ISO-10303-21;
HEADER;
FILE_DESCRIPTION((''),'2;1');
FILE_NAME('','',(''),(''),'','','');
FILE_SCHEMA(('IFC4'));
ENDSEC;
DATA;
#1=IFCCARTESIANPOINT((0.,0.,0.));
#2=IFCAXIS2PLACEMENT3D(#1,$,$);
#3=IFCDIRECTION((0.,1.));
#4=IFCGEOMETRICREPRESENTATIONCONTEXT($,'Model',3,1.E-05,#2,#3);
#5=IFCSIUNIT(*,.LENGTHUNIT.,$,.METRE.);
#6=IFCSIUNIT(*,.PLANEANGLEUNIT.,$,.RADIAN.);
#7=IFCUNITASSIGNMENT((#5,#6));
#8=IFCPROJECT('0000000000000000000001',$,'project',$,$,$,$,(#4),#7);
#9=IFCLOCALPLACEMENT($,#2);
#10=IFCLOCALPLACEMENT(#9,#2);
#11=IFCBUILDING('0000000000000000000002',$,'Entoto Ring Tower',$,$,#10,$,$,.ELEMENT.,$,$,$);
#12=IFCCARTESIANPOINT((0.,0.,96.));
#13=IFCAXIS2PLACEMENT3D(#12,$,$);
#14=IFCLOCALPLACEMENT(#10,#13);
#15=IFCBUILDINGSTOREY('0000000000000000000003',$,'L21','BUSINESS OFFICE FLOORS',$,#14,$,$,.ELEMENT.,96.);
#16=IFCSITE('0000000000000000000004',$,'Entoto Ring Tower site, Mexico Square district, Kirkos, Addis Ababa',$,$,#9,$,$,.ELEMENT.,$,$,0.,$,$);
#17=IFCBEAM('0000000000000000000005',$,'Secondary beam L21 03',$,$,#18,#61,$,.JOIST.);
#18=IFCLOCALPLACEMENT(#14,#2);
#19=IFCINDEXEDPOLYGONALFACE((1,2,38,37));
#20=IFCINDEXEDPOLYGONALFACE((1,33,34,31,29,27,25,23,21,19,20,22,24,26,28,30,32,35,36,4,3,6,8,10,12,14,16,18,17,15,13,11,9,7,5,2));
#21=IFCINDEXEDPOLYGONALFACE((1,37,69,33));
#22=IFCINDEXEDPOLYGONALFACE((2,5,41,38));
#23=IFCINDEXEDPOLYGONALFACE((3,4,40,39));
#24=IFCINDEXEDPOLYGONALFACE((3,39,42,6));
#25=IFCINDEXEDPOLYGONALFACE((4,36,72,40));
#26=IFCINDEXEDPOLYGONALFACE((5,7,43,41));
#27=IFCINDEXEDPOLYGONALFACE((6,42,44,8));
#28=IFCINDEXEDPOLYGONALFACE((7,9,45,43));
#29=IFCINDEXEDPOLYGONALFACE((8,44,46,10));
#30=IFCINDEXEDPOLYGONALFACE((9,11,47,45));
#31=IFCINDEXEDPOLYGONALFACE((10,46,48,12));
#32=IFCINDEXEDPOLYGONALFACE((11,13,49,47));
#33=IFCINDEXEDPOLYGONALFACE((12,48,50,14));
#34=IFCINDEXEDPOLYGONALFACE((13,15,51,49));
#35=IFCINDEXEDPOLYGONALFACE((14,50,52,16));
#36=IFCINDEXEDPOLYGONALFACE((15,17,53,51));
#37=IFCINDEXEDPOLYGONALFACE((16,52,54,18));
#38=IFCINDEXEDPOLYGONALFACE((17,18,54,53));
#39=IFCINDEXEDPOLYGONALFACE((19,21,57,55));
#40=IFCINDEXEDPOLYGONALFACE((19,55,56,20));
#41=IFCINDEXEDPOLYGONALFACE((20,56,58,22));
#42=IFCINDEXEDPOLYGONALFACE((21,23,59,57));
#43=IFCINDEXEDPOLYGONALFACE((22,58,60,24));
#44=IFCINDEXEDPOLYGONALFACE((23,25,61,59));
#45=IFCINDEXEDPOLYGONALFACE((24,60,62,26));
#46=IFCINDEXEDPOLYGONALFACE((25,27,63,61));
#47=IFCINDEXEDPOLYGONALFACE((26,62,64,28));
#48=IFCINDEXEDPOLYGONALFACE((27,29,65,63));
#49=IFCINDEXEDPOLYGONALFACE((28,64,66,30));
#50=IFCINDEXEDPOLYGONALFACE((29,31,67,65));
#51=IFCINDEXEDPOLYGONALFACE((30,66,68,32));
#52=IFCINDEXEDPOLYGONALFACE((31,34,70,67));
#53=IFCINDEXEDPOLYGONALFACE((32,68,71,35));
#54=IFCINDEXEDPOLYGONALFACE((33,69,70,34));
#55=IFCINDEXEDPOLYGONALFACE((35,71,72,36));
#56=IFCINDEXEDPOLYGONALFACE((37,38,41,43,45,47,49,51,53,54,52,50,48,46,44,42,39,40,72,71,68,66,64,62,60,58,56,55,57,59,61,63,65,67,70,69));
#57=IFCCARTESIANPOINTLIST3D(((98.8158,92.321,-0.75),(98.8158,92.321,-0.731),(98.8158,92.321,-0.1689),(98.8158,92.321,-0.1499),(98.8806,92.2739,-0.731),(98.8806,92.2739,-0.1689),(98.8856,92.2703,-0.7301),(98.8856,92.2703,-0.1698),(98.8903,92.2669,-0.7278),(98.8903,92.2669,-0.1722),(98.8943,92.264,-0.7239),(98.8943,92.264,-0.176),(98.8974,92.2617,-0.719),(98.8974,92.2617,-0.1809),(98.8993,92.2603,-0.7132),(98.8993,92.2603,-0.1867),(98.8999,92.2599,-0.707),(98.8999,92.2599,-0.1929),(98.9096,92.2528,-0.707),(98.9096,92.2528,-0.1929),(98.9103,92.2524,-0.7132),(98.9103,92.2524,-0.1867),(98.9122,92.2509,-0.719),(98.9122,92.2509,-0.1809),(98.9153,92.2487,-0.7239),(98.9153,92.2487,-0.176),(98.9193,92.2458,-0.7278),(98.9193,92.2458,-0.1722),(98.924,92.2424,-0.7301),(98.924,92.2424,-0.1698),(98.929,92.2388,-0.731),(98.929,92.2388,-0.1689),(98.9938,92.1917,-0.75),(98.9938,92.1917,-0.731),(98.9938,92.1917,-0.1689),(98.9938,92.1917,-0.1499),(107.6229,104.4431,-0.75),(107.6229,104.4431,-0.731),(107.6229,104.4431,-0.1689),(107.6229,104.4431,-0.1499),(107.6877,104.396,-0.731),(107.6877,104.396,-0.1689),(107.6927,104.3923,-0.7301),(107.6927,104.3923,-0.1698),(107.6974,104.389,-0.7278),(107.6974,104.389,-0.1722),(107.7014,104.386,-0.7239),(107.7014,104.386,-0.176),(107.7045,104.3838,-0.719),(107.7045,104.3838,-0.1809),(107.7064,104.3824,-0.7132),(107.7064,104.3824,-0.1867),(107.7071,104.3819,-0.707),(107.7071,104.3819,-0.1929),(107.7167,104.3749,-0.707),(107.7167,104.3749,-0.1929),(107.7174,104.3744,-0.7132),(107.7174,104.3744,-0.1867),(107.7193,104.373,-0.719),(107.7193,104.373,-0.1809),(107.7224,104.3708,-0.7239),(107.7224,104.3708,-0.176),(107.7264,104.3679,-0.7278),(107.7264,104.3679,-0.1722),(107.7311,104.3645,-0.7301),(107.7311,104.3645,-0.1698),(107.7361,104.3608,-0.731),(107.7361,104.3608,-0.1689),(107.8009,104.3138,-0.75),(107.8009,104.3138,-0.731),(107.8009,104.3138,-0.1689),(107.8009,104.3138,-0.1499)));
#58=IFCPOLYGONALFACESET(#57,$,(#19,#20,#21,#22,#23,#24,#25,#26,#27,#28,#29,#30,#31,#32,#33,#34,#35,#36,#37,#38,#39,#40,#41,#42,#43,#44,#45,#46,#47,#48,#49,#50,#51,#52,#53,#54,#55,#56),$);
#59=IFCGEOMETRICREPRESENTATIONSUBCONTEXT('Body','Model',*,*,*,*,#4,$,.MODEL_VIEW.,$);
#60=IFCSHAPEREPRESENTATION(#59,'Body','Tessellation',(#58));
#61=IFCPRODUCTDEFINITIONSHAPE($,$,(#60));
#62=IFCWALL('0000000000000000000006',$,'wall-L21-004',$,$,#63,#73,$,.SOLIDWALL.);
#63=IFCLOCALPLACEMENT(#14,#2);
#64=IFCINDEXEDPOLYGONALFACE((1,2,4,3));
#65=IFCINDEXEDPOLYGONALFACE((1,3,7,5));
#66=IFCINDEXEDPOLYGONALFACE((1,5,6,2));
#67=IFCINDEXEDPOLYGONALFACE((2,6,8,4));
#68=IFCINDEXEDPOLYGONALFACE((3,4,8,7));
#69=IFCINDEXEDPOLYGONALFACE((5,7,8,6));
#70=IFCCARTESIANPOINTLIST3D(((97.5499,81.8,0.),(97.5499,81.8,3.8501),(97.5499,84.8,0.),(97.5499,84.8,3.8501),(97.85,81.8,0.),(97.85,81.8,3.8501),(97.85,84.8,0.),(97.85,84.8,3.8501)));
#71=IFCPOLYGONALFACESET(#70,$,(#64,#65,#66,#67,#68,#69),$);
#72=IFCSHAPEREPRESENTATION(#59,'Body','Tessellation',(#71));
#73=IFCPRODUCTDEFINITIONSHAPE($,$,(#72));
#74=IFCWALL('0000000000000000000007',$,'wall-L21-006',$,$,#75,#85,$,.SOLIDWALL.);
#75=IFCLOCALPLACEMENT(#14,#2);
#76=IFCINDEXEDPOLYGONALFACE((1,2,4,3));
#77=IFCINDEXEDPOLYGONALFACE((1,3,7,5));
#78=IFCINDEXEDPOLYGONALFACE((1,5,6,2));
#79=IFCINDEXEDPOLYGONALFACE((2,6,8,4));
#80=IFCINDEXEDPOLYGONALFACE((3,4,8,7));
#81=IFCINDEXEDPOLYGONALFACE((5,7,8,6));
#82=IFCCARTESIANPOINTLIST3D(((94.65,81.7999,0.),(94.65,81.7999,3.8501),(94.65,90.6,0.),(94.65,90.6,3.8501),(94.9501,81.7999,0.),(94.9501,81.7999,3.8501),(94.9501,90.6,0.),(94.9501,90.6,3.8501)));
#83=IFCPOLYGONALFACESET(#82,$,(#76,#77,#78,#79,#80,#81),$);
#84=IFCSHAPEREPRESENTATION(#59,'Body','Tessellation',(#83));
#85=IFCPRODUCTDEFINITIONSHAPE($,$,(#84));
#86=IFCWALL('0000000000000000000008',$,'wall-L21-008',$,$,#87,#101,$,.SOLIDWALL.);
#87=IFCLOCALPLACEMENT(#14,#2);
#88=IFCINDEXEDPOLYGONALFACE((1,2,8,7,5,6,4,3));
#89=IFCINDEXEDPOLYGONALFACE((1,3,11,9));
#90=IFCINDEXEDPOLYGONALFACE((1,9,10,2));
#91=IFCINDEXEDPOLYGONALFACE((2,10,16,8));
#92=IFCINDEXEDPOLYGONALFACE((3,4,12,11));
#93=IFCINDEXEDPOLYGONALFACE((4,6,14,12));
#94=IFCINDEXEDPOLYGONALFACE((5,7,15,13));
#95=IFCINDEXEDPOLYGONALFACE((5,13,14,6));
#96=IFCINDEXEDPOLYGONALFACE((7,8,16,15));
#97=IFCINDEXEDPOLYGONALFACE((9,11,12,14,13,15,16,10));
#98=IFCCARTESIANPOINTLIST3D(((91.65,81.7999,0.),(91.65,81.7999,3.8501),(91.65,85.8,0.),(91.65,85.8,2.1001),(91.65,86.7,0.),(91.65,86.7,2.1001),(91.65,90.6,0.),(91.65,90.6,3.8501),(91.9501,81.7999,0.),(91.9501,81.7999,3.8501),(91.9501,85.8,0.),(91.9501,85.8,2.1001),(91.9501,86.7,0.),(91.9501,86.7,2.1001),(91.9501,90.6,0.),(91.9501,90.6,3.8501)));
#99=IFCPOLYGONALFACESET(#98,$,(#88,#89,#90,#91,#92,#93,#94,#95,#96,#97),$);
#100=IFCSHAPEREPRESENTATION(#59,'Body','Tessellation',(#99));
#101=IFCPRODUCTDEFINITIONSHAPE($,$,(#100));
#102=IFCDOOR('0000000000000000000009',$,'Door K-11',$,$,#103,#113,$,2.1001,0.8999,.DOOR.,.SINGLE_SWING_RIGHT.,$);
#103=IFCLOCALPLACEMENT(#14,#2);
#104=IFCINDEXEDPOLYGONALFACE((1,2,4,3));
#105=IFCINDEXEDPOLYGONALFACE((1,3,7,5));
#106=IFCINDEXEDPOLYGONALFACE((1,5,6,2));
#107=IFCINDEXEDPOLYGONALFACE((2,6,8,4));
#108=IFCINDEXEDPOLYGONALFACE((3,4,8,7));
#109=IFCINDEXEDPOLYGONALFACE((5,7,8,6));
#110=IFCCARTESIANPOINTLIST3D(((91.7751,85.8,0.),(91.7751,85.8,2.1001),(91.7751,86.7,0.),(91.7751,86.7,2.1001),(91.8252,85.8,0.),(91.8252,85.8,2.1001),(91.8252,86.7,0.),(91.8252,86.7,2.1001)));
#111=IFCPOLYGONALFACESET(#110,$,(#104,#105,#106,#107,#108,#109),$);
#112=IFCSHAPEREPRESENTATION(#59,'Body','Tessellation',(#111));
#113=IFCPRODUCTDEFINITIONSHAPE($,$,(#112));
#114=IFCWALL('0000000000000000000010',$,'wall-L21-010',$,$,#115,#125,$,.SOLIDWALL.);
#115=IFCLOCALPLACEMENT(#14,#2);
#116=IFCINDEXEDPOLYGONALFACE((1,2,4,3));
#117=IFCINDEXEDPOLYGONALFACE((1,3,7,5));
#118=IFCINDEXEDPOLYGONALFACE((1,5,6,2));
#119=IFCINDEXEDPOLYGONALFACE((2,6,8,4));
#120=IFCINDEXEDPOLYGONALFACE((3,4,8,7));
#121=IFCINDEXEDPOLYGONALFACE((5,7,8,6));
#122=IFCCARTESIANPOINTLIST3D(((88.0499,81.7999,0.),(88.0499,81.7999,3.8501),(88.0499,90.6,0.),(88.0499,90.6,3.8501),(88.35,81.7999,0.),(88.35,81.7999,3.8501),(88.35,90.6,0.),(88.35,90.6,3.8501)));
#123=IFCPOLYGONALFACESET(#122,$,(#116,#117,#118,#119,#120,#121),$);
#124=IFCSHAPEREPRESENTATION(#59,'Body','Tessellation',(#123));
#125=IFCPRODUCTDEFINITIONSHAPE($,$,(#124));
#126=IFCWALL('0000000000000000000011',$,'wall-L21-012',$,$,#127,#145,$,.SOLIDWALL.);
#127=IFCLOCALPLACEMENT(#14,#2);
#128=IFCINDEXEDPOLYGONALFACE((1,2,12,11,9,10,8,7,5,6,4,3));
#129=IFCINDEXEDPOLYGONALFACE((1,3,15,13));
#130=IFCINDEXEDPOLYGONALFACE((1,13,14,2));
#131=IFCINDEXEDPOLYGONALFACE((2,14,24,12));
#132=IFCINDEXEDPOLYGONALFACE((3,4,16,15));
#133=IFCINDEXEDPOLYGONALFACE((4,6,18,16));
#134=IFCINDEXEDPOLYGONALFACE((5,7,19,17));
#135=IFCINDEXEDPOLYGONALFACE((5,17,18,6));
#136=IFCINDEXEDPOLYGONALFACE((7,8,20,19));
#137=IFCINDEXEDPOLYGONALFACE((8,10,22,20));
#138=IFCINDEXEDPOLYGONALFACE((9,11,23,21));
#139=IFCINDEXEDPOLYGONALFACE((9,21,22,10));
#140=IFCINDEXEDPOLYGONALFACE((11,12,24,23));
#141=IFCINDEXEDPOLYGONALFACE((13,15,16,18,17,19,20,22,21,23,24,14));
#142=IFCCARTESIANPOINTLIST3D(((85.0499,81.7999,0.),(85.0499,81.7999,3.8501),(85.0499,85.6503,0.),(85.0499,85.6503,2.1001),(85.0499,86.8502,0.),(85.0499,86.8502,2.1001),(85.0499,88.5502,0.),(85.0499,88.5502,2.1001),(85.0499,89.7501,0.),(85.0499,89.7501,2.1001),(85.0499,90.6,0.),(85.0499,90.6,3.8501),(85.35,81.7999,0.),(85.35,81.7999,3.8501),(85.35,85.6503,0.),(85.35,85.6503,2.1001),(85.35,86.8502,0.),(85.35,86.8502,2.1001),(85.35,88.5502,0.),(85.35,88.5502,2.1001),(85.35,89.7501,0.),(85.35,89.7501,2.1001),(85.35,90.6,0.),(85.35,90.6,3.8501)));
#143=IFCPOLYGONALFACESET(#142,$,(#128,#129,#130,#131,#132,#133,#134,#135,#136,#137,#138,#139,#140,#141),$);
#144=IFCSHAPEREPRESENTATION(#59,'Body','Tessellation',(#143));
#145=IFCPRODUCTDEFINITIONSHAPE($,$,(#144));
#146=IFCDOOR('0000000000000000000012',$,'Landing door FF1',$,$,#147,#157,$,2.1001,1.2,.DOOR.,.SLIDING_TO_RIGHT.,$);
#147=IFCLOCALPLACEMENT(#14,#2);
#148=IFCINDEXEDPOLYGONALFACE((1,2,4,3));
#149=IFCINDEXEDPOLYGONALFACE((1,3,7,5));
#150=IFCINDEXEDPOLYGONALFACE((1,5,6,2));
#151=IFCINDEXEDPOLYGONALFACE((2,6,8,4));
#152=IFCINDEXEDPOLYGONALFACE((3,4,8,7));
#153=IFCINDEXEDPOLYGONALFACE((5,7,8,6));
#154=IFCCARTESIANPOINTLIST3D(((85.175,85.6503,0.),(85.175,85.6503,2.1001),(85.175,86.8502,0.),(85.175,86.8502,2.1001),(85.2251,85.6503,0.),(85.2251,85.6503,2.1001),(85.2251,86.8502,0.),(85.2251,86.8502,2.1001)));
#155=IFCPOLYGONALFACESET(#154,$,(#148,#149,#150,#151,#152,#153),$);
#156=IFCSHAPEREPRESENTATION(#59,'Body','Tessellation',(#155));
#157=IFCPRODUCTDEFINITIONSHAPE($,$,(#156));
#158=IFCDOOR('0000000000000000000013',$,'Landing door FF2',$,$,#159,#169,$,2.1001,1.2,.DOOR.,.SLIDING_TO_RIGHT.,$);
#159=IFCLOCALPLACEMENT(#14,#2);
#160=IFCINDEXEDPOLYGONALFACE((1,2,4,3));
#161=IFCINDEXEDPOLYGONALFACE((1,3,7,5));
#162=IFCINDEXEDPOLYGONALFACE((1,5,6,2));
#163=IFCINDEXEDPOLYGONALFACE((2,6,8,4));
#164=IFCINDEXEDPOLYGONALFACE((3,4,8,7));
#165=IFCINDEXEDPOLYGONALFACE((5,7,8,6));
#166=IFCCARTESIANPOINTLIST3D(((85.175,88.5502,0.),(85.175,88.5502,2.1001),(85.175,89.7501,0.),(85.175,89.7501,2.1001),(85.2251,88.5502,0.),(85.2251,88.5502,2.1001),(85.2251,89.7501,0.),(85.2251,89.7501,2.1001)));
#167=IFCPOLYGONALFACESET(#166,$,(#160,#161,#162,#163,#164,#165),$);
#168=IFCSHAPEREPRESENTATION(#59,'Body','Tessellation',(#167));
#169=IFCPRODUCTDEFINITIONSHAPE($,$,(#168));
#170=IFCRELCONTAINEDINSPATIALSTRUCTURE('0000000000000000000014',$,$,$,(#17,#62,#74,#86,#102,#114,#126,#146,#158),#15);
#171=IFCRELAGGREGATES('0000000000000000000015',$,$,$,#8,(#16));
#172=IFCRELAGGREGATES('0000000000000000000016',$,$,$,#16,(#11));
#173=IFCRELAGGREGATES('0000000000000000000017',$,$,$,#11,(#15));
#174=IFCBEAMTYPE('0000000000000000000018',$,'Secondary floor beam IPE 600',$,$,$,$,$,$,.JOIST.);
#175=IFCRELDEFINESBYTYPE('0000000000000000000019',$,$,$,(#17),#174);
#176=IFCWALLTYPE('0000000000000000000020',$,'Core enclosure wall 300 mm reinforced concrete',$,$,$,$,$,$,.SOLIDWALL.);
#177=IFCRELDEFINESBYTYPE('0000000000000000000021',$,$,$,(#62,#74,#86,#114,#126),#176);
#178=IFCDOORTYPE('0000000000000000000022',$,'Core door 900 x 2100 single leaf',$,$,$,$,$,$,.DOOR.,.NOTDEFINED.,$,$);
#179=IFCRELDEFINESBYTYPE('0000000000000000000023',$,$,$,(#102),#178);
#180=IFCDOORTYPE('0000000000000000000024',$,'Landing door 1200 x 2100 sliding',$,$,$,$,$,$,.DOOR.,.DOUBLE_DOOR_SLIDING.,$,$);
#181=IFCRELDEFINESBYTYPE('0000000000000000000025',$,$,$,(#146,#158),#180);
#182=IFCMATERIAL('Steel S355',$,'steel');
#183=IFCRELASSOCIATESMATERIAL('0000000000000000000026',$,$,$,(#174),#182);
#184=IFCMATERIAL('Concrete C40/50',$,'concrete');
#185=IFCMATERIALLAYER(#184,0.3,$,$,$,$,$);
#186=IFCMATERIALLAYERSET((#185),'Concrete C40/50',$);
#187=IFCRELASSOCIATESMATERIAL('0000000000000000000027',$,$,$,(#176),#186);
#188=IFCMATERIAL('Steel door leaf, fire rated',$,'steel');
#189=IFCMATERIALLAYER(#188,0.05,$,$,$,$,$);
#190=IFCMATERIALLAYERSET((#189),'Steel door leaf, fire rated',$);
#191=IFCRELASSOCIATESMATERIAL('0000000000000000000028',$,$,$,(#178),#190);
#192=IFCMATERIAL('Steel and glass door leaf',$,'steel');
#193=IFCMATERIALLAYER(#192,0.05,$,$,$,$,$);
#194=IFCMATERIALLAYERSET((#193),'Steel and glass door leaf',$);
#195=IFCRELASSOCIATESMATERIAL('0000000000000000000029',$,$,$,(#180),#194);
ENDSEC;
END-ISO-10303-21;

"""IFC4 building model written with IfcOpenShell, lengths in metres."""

from ifc_helpers import new_model, si_unit, direction, frame, frame_2d, origin, origin_2d, place, context, subcontext, project, spatial, rectangle, i_section, extrude, material, layer, layer_set, material_profile, profile_set, type_object, element, fill, save


model = new_model("IFC4")

# Units and contexts
model_context = context("Model", 3, precision=1e-05, world=origin(), true_north=direction((0.0, 1.0)))
body_context = subcontext(model_context, "Body", "Model", "MODEL_VIEW")
ifc_project = project(units=[si_unit("LENGTHUNIT", "METRE"), si_unit("PLANEANGLEUNIT", "RADIAN")], contexts=[model_context])

# Site, building, storey
site_placement = place(None, origin())
site = spatial("IfcSite", under=ifc_project, at=site_placement, Name="Entoto Ring Tower site, Mexico Square district, Kirkos, Addis Ababa", CompositionType="ELEMENT", RefElevation=0.0)
building_placement = place(site_placement, origin())
building = spatial("IfcBuilding", under=site, at=building_placement, Name="Entoto Ring Tower", CompositionType="ELEMENT")
storey_placement = place(building_placement, frame((0.0, 0.0, 96.0)))
storey = spatial("IfcBuildingStorey", under=building, at=storey_placement, Name="L21", Description="BUSINESS OFFICE FLOORS", CompositionType="ELEMENT", Elevation=96.0)

# Beam
ifc_material_1 = material(Name="Steel S355", Category="steel")
ifc_material_profile = material_profile(ifc_material_1, i_section(OverallWidth=0.22, OverallDepth=0.6001, WebThickness=0.012, FlangeThickness=0.019, FilletRadius=0.0239, at=origin_2d()), Name="IPE 600")
ifc_profile_set = profile_set([ifc_material_profile], Name="Steel S355")
beam_type = type_object("IfcBeamType", Name="Secondary floor beam IPE 600", PredefinedType="JOIST", material=ifc_profile_set)
beam_placement = place(storey_placement, frame((98.9048, 92.2563, -0.45), z_axis=(0.587782, 0.809019, 0.0), x_axis=(-0.809019, 0.587782, 0.0)))
element("IfcBeam", 1, at=beam_placement, inside=storey, type_object=beam_type, Name="Secondary beam L21 03", PredefinedType="JOIST", context=body_context, shape_type="SweptSolid", body=[
    extrude(i_section(OverallWidth=0.22, OverallDepth=0.6001, WebThickness=0.012, FlangeThickness=0.019, FilletRadius=0.0239, at=origin_2d()), origin(), (0.0, 0.0, 1.0), 14.9836),
])

# Walls
ifc_material_2 = material(Name="Concrete C40/50", Category="concrete")
ifc_layer_1 = layer(ifc_material_2, 0.3)
ifc_layer_set_1 = layer_set([ifc_layer_1], Name="Concrete C40/50")
wall_type = type_object("IfcWallType", Name="Core enclosure wall 300 mm reinforced concrete", PredefinedType="SOLIDWALL", material=ifc_layer_set_1)
wall_1_placement = place(storey_placement, frame((97.7, 81.8, 0.0), z_axis=(0.0, 0.0, 1.0), x_axis=(0.0, 1.0, 0.0)))
element("IfcWall", 2, at=wall_1_placement, inside=storey, type_object=wall_type, Name="wall-L21-004", PredefinedType="SOLIDWALL", context=body_context, shape_type="SweptSolid", body=[
    extrude(rectangle(XDim=3.0, YDim=0.3, at=frame_2d((1.5, 0.0))), origin(), (0.0, 0.0, 1.0), 3.8501),
])
wall_2_placement = place(storey_placement, frame((94.8, 81.8, 0.0), z_axis=(0.0, 0.0, 1.0), x_axis=(0.0, 1.0, 0.0)))
element("IfcWall", 3, at=wall_2_placement, inside=storey, type_object=wall_type, Name="wall-L21-006", PredefinedType="SOLIDWALL", context=body_context, shape_type="SweptSolid", body=[
    extrude(rectangle(XDim=8.8, YDim=0.3, at=frame_2d((4.3999, 0.0))), origin(), (0.0, 0.0, 1.0), 3.8501),
])

# Wall, opening, door
wall_3_placement = place(storey_placement, frame((91.8, 81.8, 0.0), z_axis=(0.0, 0.0, 1.0), x_axis=(0.0, 1.0, 0.0)))
wall_3 = element("IfcWall", 4, at=wall_3_placement, inside=storey, type_object=wall_type, Name="wall-L21-008", PredefinedType="SOLIDWALL", context=body_context, shape_type="SweptSolid", body=[
    extrude(rectangle(XDim=8.8, YDim=0.3, at=frame_2d((4.3999, 0.0))), origin(), (0.0, 0.0, 1.0), 3.8501),
])
opening_1_placement = place(wall_3_placement, frame((4.0, 0.0, 0.0)))
opening_1 = element("IfcOpeningElement", 5, at=opening_1_placement, cuts=wall_3, PredefinedType="OPENING", context=body_context, shape_type="SweptSolid", body=[
    extrude(rectangle(XDim=0.8999, YDim=2.1001, at=frame_2d((0.45, 1.05))), frame((0.0, 0.1602, 0.0), z_axis=(0.0, -1.0, 0.0), x_axis=(1.0, 0.0, 0.0)), (0.0, 0.0, 1.0), 0.3201),
])
ifc_material_3 = material(Name="Steel door leaf, fire rated", Category="steel")
ifc_layer_2 = layer(ifc_material_3, 0.05)
ifc_layer_set_2 = layer_set([ifc_layer_2], Name="Steel door leaf, fire rated")
door_type_1 = type_object("IfcDoorType", Name="Core door 900 x 2100 single leaf", OperationType="NOTDEFINED", PredefinedType="DOOR", material=ifc_layer_set_2)
door_1_placement = place(opening_1_placement, origin())
door_1 = element("IfcDoor", 6, at=door_1_placement, inside=storey, type_object=door_type_1, Name="Door K-11", OperationType="SINGLE_SWING_RIGHT", OverallHeight=2.1001, OverallWidth=0.8999, PredefinedType="DOOR", context=body_context, shape_type="SweptSolid", body=[
    extrude(rectangle(XDim=0.8999, YDim=2.1001, at=frame_2d((0.45, 1.05))), frame((0.0, 0.0249, 0.0), z_axis=(0.0, -1.0, 0.0), x_axis=(1.0, 0.0, 0.0)), (0.0, 0.0, 1.0), 0.05),
])
fill(opening_1, door_1)

# Wall
wall_4_placement = place(storey_placement, frame((88.2, 81.8, 0.0), z_axis=(0.0, 0.0, 1.0), x_axis=(0.0, 1.0, 0.0)))
element("IfcWall", 7, at=wall_4_placement, inside=storey, type_object=wall_type, Name="wall-L21-010", PredefinedType="SOLIDWALL", context=body_context, shape_type="SweptSolid", body=[
    extrude(rectangle(XDim=8.8, YDim=0.3, at=frame_2d((4.3999, 0.0))), origin(), (0.0, 0.0, 1.0), 3.8501),
])

# Wall, openings, doors
wall_5_placement = place(storey_placement, frame((85.2, 81.8, 0.0), z_axis=(0.0, 0.0, 1.0), x_axis=(0.0, 1.0, 0.0)))
wall_5 = element("IfcWall", 8, at=wall_5_placement, inside=storey, type_object=wall_type, Name="wall-L21-012", PredefinedType="SOLIDWALL", context=body_context, shape_type="SweptSolid", body=[
    extrude(rectangle(XDim=8.8, YDim=0.3, at=frame_2d((4.3999, 0.0))), origin(), (0.0, 0.0, 1.0), 3.8501),
])
opening_2_placement = place(wall_5_placement, frame((3.8501, 0.0, 0.0)))
opening_2 = element("IfcOpeningElement", 9, at=opening_2_placement, cuts=wall_5, PredefinedType="OPENING", context=body_context, shape_type="SweptSolid", body=[
    extrude(rectangle(XDim=1.2, YDim=2.1001, at=frame_2d((0.6001, 1.05))), frame((0.0, 0.1602, 0.0), z_axis=(0.0, -1.0, 0.0), x_axis=(1.0, 0.0, 0.0)), (0.0, 0.0, 1.0), 0.3201),
])
opening_3_placement = place(wall_5_placement, frame((6.75, 0.0, 0.0)))
opening_3 = element("IfcOpeningElement", 10, at=opening_3_placement, cuts=wall_5, PredefinedType="OPENING", context=body_context, shape_type="SweptSolid", body=[
    extrude(rectangle(XDim=1.2, YDim=2.1001, at=frame_2d((0.6001, 1.05))), frame((0.0, 0.1602, 0.0), z_axis=(0.0, -1.0, 0.0), x_axis=(1.0, 0.0, 0.0)), (0.0, 0.0, 1.0), 0.3201),
])
ifc_material_4 = material(Name="Steel and glass door leaf", Category="steel")
ifc_layer_3 = layer(ifc_material_4, 0.05)
ifc_layer_set_3 = layer_set([ifc_layer_3], Name="Steel and glass door leaf")
door_type_2 = type_object("IfcDoorType", Name="Landing door 1200 x 2100 sliding", OperationType="DOUBLE_DOOR_SLIDING", PredefinedType="DOOR", material=ifc_layer_set_3)
door_2_placement = place(opening_2_placement, origin())
door_2 = element("IfcDoor", 11, at=door_2_placement, inside=storey, type_object=door_type_2, Name="Landing door FF1", OperationType="SLIDING_TO_RIGHT", OverallHeight=2.1001, OverallWidth=1.2, PredefinedType="DOOR", context=body_context, shape_type="SweptSolid", body=[
    extrude(rectangle(XDim=1.2, YDim=2.1001, at=frame_2d((0.6001, 1.05))), frame((0.0, 0.0249, 0.0), z_axis=(0.0, -1.0, 0.0), x_axis=(1.0, 0.0, 0.0)), (0.0, 0.0, 1.0), 0.05),
])
fill(opening_2, door_2)
door_3_placement = place(opening_3_placement, origin())
door_3 = element("IfcDoor", 12, at=door_3_placement, inside=storey, type_object=door_type_2, Name="Landing door FF2", OperationType="SLIDING_TO_RIGHT", OverallHeight=2.1001, OverallWidth=1.2, PredefinedType="DOOR", context=body_context, shape_type="SweptSolid", body=[
    extrude(rectangle(XDim=1.2, YDim=2.1001, at=frame_2d((0.6001, 1.05))), frame((0.0, 0.0249, 0.0), z_axis=(0.0, -1.0, 0.0), x_axis=(1.0, 0.0, 0.0)), (0.0, 0.0, 1.0), 0.05),
])
fill(opening_3, door_3)

save(model, "model.ifc")
